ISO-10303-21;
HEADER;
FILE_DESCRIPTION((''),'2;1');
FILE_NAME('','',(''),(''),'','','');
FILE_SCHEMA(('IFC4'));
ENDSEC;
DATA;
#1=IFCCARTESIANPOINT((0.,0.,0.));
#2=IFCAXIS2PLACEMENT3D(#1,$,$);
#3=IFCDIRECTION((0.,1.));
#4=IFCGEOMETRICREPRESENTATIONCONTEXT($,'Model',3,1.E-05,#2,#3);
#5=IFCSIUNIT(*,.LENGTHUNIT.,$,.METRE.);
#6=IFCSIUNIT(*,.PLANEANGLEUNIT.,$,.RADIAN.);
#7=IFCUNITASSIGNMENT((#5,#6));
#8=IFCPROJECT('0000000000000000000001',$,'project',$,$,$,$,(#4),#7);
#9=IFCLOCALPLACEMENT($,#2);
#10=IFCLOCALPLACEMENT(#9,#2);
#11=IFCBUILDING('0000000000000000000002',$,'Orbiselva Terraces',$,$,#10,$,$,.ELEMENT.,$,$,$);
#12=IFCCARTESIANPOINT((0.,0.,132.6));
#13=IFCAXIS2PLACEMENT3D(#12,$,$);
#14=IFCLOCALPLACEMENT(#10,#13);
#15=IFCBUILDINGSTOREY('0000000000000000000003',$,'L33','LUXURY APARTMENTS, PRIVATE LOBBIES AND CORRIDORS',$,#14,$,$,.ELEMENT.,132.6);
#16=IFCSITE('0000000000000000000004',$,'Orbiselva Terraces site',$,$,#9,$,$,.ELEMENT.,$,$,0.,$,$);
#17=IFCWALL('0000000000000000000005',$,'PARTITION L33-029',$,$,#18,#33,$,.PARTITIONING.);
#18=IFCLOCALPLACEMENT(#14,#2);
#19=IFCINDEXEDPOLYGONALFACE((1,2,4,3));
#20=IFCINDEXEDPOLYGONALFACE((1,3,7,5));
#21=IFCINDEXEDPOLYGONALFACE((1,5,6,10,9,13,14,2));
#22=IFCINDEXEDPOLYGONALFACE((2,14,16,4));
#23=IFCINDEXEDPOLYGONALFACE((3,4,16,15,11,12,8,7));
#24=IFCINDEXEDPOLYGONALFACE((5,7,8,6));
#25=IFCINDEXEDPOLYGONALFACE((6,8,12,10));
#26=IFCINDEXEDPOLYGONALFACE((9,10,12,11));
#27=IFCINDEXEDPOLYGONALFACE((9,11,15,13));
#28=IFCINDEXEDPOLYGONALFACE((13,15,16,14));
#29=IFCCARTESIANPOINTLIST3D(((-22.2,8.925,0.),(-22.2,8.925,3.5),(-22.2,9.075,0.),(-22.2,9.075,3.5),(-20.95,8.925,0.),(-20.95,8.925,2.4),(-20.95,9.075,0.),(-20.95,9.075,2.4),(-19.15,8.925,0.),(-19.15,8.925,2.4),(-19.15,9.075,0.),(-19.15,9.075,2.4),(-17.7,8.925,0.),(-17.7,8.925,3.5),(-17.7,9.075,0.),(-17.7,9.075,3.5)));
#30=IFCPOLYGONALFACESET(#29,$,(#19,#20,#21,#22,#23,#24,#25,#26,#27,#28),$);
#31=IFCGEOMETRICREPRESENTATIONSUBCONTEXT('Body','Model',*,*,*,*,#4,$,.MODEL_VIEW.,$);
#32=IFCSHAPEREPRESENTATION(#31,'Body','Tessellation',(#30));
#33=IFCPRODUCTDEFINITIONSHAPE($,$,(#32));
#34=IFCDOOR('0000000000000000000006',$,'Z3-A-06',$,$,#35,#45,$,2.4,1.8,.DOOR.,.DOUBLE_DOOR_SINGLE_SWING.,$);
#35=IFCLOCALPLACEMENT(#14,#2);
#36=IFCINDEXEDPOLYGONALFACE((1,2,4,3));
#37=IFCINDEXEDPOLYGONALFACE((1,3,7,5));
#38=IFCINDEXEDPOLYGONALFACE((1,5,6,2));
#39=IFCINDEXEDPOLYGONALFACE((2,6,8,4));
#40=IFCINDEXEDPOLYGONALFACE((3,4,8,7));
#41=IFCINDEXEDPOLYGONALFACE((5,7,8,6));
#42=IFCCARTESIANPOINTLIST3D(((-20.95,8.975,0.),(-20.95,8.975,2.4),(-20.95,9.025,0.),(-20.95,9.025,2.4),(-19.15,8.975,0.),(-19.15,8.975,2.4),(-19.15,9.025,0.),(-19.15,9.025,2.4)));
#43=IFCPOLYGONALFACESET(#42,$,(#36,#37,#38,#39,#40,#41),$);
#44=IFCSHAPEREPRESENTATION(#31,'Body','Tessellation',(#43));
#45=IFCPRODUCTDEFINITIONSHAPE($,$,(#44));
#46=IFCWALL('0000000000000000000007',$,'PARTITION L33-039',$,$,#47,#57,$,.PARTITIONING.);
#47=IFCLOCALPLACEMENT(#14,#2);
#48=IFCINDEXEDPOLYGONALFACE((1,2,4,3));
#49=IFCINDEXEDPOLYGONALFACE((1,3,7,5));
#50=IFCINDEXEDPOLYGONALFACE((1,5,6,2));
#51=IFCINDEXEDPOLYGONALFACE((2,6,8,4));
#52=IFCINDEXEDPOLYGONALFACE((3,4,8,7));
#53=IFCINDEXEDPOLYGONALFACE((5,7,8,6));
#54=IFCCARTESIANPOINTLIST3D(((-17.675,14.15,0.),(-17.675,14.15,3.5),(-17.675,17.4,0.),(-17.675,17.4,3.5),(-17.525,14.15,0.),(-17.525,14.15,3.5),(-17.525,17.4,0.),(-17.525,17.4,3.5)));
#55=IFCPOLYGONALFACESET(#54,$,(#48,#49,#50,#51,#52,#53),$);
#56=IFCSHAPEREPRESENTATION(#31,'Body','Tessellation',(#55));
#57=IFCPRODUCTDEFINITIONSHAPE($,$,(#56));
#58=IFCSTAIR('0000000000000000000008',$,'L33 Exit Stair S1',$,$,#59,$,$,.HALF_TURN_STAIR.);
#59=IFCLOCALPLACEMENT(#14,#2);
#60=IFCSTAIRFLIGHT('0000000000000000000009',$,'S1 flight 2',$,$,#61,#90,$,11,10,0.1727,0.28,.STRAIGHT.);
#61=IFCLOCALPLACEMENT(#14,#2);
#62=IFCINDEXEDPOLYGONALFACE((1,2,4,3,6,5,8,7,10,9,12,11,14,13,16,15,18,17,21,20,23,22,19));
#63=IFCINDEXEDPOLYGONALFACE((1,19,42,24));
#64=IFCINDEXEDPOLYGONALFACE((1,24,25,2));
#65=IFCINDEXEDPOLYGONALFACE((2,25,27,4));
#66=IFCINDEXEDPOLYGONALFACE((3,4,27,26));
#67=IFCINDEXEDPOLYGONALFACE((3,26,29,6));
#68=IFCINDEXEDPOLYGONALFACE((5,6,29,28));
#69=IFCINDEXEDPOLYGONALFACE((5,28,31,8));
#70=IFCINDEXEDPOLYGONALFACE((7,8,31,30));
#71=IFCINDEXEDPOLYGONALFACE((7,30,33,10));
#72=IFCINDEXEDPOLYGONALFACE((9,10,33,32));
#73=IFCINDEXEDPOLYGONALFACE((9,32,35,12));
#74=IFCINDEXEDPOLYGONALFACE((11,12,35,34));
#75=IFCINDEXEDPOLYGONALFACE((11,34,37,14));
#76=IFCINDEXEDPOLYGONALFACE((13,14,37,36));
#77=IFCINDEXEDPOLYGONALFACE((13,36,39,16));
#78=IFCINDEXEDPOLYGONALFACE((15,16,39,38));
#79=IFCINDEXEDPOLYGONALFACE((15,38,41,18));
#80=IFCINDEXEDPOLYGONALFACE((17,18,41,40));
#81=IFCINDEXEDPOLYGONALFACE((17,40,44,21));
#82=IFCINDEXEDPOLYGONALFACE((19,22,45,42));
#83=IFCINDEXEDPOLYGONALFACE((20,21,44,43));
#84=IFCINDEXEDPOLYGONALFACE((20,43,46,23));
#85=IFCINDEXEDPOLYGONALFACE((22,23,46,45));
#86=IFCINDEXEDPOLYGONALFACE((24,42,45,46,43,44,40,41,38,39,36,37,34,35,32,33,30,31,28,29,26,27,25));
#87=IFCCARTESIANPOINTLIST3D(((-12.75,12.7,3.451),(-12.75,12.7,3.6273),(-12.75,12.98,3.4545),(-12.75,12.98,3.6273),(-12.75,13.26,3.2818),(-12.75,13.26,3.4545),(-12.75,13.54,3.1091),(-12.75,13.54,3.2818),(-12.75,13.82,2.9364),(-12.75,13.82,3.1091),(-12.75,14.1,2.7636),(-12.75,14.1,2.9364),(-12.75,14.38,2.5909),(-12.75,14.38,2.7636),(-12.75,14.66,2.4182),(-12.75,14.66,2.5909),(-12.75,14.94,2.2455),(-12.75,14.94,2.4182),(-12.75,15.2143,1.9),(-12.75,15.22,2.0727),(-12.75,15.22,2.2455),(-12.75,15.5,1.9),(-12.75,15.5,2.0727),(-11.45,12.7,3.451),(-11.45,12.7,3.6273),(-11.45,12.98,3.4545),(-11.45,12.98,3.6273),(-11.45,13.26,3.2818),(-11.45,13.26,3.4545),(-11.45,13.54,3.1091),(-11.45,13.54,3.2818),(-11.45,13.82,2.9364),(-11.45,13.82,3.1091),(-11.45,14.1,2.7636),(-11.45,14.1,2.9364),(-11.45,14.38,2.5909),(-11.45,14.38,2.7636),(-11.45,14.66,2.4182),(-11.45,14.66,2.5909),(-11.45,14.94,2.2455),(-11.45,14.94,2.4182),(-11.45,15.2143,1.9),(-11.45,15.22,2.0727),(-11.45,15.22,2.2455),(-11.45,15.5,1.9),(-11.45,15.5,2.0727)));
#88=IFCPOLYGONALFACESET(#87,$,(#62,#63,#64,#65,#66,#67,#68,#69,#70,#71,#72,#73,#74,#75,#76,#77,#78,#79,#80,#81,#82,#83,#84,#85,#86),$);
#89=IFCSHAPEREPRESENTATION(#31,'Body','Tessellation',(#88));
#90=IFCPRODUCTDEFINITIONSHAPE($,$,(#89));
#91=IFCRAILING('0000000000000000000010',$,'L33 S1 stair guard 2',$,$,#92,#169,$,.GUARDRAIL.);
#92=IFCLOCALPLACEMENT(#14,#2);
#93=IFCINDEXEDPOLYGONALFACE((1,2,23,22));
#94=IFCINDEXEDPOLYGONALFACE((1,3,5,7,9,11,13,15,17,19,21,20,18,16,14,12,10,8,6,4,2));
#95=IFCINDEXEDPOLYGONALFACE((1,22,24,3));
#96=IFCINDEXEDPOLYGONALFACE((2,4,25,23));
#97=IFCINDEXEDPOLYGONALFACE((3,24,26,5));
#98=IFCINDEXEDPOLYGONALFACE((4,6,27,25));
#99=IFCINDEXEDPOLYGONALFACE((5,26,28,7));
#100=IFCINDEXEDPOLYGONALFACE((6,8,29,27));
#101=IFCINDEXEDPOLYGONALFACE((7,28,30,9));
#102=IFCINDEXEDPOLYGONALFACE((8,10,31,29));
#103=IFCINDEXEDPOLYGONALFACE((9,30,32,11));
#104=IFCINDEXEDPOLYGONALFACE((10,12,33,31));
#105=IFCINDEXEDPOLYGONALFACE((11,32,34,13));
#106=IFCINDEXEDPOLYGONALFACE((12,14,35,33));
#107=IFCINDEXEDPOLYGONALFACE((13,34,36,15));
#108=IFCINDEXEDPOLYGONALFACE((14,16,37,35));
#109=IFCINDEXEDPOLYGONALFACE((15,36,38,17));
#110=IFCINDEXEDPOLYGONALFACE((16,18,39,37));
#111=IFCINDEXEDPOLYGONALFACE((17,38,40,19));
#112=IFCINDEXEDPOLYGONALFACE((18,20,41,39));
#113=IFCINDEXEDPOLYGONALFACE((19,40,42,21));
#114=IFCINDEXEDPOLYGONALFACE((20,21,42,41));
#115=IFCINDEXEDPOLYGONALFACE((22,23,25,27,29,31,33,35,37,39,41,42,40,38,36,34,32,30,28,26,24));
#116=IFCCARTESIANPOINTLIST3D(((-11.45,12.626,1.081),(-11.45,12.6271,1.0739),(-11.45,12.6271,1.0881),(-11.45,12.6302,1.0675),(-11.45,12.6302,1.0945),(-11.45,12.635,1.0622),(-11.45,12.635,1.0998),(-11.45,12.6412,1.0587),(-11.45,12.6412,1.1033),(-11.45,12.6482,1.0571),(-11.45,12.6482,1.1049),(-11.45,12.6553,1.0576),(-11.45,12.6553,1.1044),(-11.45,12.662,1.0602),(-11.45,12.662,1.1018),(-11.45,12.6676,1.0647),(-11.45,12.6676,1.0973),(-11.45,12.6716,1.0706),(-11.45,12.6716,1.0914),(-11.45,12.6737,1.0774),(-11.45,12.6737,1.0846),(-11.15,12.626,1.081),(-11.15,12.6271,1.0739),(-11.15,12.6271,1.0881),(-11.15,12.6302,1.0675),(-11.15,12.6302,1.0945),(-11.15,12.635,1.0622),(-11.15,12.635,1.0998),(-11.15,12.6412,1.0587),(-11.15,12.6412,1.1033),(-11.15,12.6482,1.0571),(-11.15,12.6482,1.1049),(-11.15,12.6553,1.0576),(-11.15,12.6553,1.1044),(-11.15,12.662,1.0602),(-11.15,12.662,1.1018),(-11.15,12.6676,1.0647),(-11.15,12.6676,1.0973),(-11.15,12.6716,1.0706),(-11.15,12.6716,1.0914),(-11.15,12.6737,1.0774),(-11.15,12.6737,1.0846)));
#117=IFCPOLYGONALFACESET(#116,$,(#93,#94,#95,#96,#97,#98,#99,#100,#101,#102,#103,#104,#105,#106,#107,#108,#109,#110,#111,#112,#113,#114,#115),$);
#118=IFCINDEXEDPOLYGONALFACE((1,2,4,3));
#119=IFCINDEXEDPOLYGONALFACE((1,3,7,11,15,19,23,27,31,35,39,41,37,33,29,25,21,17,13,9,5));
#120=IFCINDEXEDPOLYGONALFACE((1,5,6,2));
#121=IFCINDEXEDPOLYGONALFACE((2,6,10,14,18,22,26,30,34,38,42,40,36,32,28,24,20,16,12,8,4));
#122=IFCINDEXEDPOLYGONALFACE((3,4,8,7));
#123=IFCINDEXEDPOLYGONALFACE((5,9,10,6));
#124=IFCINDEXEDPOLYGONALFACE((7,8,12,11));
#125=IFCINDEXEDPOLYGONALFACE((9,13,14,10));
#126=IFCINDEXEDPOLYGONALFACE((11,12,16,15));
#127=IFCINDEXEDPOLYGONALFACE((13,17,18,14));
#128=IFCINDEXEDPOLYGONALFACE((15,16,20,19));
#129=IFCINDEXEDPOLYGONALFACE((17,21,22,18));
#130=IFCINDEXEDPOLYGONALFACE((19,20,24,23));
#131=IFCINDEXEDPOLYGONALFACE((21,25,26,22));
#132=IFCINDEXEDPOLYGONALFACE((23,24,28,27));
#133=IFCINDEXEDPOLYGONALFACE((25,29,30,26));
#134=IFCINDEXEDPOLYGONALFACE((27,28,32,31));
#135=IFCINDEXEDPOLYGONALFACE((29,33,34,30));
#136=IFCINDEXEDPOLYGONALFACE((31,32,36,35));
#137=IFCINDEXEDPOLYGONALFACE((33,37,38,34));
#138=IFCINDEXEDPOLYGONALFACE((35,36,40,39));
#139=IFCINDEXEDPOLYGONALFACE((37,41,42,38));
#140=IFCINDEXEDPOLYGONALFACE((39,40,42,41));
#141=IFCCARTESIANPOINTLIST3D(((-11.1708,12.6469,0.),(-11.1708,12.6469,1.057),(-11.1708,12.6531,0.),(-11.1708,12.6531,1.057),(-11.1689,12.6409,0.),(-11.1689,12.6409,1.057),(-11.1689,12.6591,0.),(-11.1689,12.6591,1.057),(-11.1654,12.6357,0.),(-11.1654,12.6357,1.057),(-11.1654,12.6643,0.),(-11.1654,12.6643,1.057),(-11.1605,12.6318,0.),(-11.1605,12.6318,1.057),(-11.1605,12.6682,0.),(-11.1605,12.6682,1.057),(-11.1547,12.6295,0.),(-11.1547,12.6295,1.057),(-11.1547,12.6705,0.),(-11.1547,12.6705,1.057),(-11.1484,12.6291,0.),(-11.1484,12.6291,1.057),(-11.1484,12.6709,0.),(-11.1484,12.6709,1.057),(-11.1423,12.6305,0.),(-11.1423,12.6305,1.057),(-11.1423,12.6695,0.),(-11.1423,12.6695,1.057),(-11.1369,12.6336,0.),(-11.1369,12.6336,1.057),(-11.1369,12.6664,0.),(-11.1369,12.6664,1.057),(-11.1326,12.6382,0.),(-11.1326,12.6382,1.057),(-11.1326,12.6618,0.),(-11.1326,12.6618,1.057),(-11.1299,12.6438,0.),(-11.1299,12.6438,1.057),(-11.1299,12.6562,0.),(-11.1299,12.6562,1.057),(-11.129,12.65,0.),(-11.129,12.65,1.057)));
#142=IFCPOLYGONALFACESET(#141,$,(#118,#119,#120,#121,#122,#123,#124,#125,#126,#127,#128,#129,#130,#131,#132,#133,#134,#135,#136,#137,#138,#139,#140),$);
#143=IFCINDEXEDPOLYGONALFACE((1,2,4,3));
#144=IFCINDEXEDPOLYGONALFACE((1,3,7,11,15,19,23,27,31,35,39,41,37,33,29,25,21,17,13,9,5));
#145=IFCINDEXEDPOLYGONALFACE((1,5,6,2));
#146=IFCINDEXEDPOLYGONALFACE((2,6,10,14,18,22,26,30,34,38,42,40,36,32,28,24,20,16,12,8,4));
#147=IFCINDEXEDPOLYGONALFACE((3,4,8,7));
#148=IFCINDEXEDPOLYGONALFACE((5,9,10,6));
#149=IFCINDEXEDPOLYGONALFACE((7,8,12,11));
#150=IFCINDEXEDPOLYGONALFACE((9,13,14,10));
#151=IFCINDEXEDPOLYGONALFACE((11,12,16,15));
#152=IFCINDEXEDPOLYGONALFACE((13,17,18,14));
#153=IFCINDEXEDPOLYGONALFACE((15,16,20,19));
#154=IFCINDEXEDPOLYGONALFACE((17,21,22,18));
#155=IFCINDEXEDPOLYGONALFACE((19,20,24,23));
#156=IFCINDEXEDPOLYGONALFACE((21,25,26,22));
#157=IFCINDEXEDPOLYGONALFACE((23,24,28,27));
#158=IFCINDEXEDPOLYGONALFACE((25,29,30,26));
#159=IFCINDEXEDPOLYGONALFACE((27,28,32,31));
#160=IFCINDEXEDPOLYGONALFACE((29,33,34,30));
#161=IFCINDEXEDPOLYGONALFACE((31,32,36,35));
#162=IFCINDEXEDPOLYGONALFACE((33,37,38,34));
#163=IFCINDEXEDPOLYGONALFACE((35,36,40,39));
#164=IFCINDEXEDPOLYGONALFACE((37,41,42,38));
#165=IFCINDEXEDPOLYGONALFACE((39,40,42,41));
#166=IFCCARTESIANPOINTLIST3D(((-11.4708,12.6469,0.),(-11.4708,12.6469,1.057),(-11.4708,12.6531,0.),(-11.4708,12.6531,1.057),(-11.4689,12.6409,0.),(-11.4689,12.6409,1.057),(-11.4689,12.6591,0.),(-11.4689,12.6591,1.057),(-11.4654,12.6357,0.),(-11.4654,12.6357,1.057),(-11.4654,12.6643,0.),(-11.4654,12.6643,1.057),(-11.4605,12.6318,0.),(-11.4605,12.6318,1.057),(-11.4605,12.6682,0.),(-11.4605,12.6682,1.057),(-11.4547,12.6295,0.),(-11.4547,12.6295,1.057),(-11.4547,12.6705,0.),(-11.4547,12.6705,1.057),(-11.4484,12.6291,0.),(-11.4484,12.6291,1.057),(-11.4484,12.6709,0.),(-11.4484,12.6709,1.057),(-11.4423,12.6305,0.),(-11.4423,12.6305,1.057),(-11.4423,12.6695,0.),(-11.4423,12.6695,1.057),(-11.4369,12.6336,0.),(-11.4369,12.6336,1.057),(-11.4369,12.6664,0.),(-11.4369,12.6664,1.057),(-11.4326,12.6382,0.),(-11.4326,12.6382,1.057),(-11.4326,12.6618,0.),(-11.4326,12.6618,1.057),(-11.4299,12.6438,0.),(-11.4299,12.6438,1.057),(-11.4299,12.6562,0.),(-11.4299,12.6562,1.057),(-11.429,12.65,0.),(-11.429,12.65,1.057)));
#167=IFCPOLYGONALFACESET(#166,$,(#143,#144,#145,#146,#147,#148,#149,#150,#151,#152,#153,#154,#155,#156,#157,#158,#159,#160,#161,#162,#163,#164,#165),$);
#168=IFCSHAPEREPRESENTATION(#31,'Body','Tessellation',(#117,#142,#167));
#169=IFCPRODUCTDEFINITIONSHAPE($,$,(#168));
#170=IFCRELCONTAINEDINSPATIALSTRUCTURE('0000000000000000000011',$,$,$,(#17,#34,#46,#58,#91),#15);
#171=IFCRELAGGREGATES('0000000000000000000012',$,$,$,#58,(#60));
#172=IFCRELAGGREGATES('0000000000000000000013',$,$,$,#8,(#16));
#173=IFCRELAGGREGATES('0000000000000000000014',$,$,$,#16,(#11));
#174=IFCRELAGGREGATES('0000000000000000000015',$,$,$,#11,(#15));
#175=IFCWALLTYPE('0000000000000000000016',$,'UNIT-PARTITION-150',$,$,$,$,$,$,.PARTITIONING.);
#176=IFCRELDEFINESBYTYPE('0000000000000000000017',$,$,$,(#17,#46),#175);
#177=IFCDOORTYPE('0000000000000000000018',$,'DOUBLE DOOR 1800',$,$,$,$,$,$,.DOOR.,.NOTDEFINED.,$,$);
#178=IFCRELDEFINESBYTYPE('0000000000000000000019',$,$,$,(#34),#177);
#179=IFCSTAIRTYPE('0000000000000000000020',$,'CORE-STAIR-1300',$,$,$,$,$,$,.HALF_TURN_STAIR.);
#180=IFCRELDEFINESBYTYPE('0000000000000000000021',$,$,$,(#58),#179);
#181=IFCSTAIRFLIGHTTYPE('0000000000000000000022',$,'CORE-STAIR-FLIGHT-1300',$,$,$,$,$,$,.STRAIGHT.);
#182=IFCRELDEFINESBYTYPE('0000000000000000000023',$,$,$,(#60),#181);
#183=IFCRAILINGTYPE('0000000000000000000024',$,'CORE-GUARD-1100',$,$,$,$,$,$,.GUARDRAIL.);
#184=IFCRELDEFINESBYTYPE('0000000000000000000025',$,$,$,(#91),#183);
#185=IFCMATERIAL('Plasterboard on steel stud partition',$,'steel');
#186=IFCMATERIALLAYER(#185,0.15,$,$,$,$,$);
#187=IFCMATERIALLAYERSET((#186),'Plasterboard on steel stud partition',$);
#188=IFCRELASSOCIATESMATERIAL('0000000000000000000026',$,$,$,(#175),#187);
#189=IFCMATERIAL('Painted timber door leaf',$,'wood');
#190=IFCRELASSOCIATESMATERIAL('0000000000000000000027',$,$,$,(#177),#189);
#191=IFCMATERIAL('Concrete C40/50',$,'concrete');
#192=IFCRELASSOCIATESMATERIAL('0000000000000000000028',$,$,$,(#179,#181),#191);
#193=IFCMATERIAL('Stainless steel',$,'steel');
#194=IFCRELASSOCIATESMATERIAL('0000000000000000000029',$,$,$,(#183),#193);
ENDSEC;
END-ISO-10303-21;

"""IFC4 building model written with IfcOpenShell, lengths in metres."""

from ifc_helpers import new_model, si_unit, direction, frame, frame_2d, origin, origin_2d, place, context, subcontext, project, spatial, polyline, rectangle, circle, outline, extrude, material, layer, layer_set, type_object, element, fill, aggregate, save


model = new_model("IFC4")

# Units and contexts
model_context = context("Model", 3, precision=1e-05, world=origin(), true_north=direction((0.0, 1.0)))
body_context = subcontext(model_context, "Body", "Model", "MODEL_VIEW")
ifc_project = project(units=[si_unit("LENGTHUNIT", "METRE"), si_unit("PLANEANGLEUNIT", "RADIAN")], contexts=[model_context])

# Site, building, storey
site_placement = place(None, origin())
site = spatial("IfcSite", under=ifc_project, at=site_placement, Name="Orbiselva Terraces site", CompositionType="ELEMENT", RefElevation=0.0)
building_placement = place(site_placement, origin())
building = spatial("IfcBuilding", under=site, at=building_placement, Name="Orbiselva Terraces", CompositionType="ELEMENT")
storey_placement = place(building_placement, frame((0.0, 0.0, 132.6)))
storey = spatial("IfcBuildingStorey", under=building, at=storey_placement, Name="L33", Description="LUXURY APARTMENTS, PRIVATE LOBBIES AND CORRIDORS", CompositionType="ELEMENT", Elevation=132.6)

# Wall, opening, door
ifc_material_1 = material(Name="Plasterboard on steel stud partition", Category="steel")
ifc_material_2 = material(Name="Painted timber door leaf", Category="wood")
ifc_layer_1 = layer(ifc_material_1, 0.15)
ifc_layer_set_1 = layer_set([ifc_layer_1], Name="Plasterboard on steel stud partition")
wall_type_1 = type_object("IfcWallType", Name="UNIT-PARTITION-150", PredefinedType="PARTITIONING", material=ifc_layer_set_1)
wall_1_placement = place(storey_placement, frame((-22.2, 9.0, 0.0), z_axis=(0.0, 0.0, 1.0), x_axis=(1.0, 0.0, 0.0)))
wall_1 = element("IfcWall", 1, at=wall_1_placement, inside=storey, type_object=wall_type_1, Name="PARTITION L33-029", PredefinedType="PARTITIONING", context=body_context, shape_type="SweptSolid", body=[
    extrude(rectangle(XDim=4.5, YDim=0.15, at=frame_2d((2.25, 0.0))), origin(), (0.0, 0.0, 1.0), 3.5),
])
opening_1_placement = place(wall_1_placement, frame((1.25, 0.0, 0.0)))
opening_1 = element("IfcOpeningElement", 2, at=opening_1_placement, cuts=wall_1, PredefinedType="OPENING", context=body_context, shape_type="SweptSolid", body=[
    extrude(rectangle(XDim=1.8, YDim=2.4, at=frame_2d((0.9, 1.2))), frame((0.0, 0.085, 0.0), z_axis=(0.0, -1.0, 0.0), x_axis=(1.0, 0.0, 0.0)), (0.0, 0.0, 1.0), 0.17),
])
door_type_1 = type_object("IfcDoorType", Name="DOUBLE DOOR 1800", OperationType="NOTDEFINED", PredefinedType="DOOR", material=ifc_material_2)
door_1_placement = place(opening_1_placement, origin())
door_1 = element("IfcDoor", 3, at=door_1_placement, inside=storey, type_object=door_type_1, Name="Z3-A-06", OperationType="DOUBLE_DOOR_SINGLE_SWING", OverallHeight=2.4, OverallWidth=1.8, PredefinedType="DOOR", context=body_context, shape_type="SweptSolid", body=[
    extrude(rectangle(XDim=1.8, YDim=2.4, at=frame_2d((0.9, 1.2))), frame((0.0, 0.025, 0.0), z_axis=(0.0, -1.0, 0.0), x_axis=(1.0, 0.0, 0.0)), (0.0, 0.0, 1.0), 0.05),
])
fill(opening_1, door_1)

# Wall
wall_2_placement = place(storey_placement, frame((-17.6, 14.15, 0.0), z_axis=(0.0, 0.0, 1.0), x_axis=(0.0, 1.0, 0.0)))
element("IfcWall", 4, at=wall_2_placement, inside=storey, type_object=wall_type_1, Name="PARTITION L33-039", PredefinedType="PARTITIONING", context=body_context, shape_type="SweptSolid", body=[
    extrude(rectangle(XDim=3.25, YDim=0.15, at=frame_2d((1.625, 0.0))), origin(), (0.0, 0.0, 1.0), 3.5),
])

# Stair, stair flight
ifc_material_3 = material(Name="Concrete C40/50", Category="concrete")
stair_type = type_object("IfcStairType", Name="CORE-STAIR-1300", PredefinedType="HALF_TURN_STAIR", material=ifc_material_3)
stair_placement = place(storey_placement, origin())
stair = element("IfcStair", 5, at=stair_placement, inside=storey, type_object=stair_type, Name="L33 Exit Stair S1", PredefinedType="HALF_TURN_STAIR")
stair_flight_type = type_object("IfcStairFlightType", Name="CORE-STAIR-FLIGHT-1300", PredefinedType="STRAIGHT", material=ifc_material_3)
stair_flight_placement = place(storey_placement, frame((-12.1, 15.5, 1.9), z_axis=(0.0, 0.0, 1.0), x_axis=(0.0, -1.0, 0.0)))
stair_flight = element("IfcStairFlight", 6, at=stair_flight_placement, type_object=stair_flight_type, Name="S1 flight 2", NumberOfRisers=11, NumberOfTreads=10, PredefinedType="STRAIGHT", RiserHeight=0.1727, TreadLength=0.28, context=body_context, shape_type="SweptSolid", body=[
    extrude(outline(polyline([(0.0, 0.0), (0.0, 0.1727), (0.28, 0.1727), (0.28, 0.3455), (0.56, 0.3455), (0.56, 0.5182), (0.84, 0.5182), (0.84, 0.6909), (1.12, 0.6909), (1.12, 0.8636), (1.4, 0.8636), (1.4, 1.0364), (1.68, 1.0364), (1.68, 1.2091), (1.96, 1.2091), (1.96, 1.3818), (2.24, 1.3818), (2.24, 1.5545), (2.52, 1.5545), (2.52, 1.7273), (2.8, 1.7273), (2.8, 1.9), (2.8, 1.551), (0.2857, 0.0), (0.0, 0.0)])), frame((0.0, 0.65, 0.0), z_axis=(0.0, -1.0, 0.0), x_axis=(1.0, 0.0, 0.0)), (0.0, 0.0, 1.0), 1.3),
])
aggregate(stair, [stair_flight])

# Railing
ifc_material_4 = material(Name="Stainless steel", Category="steel")
railing_type_1 = type_object("IfcRailingType", Name="CORE-GUARD-1100", PredefinedType="GUARDRAIL", material=ifc_material_4)
railing_1_placement = place(storey_placement, frame((-11.15, 12.65, 0.0)))
element("IfcRailing", 7, at=railing_1_placement, inside=storey, type_object=railing_type_1, Name="L33 S1 stair guard 2", PredefinedType="GUARDRAIL", context=body_context, shape_type="SweptSolid", body=[
    extrude(circle(Radius=0.024, at=origin_2d()), frame((0.0, 0.0, 1.081), z_axis=(-1.0, 0.0, 0.0), x_axis=(0.0, -1.0, 0.0)), (0.0, 0.0, 1.0), 0.3),
    extrude(circle(Radius=0.021, at=origin_2d()), origin(), (0.0, 0.0, 1.0), 1.057),
    extrude(circle(Radius=0.021, at=origin_2d()), frame((-0.3, 0.0, 0.0)), (0.0, 0.0, 1.0), 1.057),
])

save(model, "model.ifc")
